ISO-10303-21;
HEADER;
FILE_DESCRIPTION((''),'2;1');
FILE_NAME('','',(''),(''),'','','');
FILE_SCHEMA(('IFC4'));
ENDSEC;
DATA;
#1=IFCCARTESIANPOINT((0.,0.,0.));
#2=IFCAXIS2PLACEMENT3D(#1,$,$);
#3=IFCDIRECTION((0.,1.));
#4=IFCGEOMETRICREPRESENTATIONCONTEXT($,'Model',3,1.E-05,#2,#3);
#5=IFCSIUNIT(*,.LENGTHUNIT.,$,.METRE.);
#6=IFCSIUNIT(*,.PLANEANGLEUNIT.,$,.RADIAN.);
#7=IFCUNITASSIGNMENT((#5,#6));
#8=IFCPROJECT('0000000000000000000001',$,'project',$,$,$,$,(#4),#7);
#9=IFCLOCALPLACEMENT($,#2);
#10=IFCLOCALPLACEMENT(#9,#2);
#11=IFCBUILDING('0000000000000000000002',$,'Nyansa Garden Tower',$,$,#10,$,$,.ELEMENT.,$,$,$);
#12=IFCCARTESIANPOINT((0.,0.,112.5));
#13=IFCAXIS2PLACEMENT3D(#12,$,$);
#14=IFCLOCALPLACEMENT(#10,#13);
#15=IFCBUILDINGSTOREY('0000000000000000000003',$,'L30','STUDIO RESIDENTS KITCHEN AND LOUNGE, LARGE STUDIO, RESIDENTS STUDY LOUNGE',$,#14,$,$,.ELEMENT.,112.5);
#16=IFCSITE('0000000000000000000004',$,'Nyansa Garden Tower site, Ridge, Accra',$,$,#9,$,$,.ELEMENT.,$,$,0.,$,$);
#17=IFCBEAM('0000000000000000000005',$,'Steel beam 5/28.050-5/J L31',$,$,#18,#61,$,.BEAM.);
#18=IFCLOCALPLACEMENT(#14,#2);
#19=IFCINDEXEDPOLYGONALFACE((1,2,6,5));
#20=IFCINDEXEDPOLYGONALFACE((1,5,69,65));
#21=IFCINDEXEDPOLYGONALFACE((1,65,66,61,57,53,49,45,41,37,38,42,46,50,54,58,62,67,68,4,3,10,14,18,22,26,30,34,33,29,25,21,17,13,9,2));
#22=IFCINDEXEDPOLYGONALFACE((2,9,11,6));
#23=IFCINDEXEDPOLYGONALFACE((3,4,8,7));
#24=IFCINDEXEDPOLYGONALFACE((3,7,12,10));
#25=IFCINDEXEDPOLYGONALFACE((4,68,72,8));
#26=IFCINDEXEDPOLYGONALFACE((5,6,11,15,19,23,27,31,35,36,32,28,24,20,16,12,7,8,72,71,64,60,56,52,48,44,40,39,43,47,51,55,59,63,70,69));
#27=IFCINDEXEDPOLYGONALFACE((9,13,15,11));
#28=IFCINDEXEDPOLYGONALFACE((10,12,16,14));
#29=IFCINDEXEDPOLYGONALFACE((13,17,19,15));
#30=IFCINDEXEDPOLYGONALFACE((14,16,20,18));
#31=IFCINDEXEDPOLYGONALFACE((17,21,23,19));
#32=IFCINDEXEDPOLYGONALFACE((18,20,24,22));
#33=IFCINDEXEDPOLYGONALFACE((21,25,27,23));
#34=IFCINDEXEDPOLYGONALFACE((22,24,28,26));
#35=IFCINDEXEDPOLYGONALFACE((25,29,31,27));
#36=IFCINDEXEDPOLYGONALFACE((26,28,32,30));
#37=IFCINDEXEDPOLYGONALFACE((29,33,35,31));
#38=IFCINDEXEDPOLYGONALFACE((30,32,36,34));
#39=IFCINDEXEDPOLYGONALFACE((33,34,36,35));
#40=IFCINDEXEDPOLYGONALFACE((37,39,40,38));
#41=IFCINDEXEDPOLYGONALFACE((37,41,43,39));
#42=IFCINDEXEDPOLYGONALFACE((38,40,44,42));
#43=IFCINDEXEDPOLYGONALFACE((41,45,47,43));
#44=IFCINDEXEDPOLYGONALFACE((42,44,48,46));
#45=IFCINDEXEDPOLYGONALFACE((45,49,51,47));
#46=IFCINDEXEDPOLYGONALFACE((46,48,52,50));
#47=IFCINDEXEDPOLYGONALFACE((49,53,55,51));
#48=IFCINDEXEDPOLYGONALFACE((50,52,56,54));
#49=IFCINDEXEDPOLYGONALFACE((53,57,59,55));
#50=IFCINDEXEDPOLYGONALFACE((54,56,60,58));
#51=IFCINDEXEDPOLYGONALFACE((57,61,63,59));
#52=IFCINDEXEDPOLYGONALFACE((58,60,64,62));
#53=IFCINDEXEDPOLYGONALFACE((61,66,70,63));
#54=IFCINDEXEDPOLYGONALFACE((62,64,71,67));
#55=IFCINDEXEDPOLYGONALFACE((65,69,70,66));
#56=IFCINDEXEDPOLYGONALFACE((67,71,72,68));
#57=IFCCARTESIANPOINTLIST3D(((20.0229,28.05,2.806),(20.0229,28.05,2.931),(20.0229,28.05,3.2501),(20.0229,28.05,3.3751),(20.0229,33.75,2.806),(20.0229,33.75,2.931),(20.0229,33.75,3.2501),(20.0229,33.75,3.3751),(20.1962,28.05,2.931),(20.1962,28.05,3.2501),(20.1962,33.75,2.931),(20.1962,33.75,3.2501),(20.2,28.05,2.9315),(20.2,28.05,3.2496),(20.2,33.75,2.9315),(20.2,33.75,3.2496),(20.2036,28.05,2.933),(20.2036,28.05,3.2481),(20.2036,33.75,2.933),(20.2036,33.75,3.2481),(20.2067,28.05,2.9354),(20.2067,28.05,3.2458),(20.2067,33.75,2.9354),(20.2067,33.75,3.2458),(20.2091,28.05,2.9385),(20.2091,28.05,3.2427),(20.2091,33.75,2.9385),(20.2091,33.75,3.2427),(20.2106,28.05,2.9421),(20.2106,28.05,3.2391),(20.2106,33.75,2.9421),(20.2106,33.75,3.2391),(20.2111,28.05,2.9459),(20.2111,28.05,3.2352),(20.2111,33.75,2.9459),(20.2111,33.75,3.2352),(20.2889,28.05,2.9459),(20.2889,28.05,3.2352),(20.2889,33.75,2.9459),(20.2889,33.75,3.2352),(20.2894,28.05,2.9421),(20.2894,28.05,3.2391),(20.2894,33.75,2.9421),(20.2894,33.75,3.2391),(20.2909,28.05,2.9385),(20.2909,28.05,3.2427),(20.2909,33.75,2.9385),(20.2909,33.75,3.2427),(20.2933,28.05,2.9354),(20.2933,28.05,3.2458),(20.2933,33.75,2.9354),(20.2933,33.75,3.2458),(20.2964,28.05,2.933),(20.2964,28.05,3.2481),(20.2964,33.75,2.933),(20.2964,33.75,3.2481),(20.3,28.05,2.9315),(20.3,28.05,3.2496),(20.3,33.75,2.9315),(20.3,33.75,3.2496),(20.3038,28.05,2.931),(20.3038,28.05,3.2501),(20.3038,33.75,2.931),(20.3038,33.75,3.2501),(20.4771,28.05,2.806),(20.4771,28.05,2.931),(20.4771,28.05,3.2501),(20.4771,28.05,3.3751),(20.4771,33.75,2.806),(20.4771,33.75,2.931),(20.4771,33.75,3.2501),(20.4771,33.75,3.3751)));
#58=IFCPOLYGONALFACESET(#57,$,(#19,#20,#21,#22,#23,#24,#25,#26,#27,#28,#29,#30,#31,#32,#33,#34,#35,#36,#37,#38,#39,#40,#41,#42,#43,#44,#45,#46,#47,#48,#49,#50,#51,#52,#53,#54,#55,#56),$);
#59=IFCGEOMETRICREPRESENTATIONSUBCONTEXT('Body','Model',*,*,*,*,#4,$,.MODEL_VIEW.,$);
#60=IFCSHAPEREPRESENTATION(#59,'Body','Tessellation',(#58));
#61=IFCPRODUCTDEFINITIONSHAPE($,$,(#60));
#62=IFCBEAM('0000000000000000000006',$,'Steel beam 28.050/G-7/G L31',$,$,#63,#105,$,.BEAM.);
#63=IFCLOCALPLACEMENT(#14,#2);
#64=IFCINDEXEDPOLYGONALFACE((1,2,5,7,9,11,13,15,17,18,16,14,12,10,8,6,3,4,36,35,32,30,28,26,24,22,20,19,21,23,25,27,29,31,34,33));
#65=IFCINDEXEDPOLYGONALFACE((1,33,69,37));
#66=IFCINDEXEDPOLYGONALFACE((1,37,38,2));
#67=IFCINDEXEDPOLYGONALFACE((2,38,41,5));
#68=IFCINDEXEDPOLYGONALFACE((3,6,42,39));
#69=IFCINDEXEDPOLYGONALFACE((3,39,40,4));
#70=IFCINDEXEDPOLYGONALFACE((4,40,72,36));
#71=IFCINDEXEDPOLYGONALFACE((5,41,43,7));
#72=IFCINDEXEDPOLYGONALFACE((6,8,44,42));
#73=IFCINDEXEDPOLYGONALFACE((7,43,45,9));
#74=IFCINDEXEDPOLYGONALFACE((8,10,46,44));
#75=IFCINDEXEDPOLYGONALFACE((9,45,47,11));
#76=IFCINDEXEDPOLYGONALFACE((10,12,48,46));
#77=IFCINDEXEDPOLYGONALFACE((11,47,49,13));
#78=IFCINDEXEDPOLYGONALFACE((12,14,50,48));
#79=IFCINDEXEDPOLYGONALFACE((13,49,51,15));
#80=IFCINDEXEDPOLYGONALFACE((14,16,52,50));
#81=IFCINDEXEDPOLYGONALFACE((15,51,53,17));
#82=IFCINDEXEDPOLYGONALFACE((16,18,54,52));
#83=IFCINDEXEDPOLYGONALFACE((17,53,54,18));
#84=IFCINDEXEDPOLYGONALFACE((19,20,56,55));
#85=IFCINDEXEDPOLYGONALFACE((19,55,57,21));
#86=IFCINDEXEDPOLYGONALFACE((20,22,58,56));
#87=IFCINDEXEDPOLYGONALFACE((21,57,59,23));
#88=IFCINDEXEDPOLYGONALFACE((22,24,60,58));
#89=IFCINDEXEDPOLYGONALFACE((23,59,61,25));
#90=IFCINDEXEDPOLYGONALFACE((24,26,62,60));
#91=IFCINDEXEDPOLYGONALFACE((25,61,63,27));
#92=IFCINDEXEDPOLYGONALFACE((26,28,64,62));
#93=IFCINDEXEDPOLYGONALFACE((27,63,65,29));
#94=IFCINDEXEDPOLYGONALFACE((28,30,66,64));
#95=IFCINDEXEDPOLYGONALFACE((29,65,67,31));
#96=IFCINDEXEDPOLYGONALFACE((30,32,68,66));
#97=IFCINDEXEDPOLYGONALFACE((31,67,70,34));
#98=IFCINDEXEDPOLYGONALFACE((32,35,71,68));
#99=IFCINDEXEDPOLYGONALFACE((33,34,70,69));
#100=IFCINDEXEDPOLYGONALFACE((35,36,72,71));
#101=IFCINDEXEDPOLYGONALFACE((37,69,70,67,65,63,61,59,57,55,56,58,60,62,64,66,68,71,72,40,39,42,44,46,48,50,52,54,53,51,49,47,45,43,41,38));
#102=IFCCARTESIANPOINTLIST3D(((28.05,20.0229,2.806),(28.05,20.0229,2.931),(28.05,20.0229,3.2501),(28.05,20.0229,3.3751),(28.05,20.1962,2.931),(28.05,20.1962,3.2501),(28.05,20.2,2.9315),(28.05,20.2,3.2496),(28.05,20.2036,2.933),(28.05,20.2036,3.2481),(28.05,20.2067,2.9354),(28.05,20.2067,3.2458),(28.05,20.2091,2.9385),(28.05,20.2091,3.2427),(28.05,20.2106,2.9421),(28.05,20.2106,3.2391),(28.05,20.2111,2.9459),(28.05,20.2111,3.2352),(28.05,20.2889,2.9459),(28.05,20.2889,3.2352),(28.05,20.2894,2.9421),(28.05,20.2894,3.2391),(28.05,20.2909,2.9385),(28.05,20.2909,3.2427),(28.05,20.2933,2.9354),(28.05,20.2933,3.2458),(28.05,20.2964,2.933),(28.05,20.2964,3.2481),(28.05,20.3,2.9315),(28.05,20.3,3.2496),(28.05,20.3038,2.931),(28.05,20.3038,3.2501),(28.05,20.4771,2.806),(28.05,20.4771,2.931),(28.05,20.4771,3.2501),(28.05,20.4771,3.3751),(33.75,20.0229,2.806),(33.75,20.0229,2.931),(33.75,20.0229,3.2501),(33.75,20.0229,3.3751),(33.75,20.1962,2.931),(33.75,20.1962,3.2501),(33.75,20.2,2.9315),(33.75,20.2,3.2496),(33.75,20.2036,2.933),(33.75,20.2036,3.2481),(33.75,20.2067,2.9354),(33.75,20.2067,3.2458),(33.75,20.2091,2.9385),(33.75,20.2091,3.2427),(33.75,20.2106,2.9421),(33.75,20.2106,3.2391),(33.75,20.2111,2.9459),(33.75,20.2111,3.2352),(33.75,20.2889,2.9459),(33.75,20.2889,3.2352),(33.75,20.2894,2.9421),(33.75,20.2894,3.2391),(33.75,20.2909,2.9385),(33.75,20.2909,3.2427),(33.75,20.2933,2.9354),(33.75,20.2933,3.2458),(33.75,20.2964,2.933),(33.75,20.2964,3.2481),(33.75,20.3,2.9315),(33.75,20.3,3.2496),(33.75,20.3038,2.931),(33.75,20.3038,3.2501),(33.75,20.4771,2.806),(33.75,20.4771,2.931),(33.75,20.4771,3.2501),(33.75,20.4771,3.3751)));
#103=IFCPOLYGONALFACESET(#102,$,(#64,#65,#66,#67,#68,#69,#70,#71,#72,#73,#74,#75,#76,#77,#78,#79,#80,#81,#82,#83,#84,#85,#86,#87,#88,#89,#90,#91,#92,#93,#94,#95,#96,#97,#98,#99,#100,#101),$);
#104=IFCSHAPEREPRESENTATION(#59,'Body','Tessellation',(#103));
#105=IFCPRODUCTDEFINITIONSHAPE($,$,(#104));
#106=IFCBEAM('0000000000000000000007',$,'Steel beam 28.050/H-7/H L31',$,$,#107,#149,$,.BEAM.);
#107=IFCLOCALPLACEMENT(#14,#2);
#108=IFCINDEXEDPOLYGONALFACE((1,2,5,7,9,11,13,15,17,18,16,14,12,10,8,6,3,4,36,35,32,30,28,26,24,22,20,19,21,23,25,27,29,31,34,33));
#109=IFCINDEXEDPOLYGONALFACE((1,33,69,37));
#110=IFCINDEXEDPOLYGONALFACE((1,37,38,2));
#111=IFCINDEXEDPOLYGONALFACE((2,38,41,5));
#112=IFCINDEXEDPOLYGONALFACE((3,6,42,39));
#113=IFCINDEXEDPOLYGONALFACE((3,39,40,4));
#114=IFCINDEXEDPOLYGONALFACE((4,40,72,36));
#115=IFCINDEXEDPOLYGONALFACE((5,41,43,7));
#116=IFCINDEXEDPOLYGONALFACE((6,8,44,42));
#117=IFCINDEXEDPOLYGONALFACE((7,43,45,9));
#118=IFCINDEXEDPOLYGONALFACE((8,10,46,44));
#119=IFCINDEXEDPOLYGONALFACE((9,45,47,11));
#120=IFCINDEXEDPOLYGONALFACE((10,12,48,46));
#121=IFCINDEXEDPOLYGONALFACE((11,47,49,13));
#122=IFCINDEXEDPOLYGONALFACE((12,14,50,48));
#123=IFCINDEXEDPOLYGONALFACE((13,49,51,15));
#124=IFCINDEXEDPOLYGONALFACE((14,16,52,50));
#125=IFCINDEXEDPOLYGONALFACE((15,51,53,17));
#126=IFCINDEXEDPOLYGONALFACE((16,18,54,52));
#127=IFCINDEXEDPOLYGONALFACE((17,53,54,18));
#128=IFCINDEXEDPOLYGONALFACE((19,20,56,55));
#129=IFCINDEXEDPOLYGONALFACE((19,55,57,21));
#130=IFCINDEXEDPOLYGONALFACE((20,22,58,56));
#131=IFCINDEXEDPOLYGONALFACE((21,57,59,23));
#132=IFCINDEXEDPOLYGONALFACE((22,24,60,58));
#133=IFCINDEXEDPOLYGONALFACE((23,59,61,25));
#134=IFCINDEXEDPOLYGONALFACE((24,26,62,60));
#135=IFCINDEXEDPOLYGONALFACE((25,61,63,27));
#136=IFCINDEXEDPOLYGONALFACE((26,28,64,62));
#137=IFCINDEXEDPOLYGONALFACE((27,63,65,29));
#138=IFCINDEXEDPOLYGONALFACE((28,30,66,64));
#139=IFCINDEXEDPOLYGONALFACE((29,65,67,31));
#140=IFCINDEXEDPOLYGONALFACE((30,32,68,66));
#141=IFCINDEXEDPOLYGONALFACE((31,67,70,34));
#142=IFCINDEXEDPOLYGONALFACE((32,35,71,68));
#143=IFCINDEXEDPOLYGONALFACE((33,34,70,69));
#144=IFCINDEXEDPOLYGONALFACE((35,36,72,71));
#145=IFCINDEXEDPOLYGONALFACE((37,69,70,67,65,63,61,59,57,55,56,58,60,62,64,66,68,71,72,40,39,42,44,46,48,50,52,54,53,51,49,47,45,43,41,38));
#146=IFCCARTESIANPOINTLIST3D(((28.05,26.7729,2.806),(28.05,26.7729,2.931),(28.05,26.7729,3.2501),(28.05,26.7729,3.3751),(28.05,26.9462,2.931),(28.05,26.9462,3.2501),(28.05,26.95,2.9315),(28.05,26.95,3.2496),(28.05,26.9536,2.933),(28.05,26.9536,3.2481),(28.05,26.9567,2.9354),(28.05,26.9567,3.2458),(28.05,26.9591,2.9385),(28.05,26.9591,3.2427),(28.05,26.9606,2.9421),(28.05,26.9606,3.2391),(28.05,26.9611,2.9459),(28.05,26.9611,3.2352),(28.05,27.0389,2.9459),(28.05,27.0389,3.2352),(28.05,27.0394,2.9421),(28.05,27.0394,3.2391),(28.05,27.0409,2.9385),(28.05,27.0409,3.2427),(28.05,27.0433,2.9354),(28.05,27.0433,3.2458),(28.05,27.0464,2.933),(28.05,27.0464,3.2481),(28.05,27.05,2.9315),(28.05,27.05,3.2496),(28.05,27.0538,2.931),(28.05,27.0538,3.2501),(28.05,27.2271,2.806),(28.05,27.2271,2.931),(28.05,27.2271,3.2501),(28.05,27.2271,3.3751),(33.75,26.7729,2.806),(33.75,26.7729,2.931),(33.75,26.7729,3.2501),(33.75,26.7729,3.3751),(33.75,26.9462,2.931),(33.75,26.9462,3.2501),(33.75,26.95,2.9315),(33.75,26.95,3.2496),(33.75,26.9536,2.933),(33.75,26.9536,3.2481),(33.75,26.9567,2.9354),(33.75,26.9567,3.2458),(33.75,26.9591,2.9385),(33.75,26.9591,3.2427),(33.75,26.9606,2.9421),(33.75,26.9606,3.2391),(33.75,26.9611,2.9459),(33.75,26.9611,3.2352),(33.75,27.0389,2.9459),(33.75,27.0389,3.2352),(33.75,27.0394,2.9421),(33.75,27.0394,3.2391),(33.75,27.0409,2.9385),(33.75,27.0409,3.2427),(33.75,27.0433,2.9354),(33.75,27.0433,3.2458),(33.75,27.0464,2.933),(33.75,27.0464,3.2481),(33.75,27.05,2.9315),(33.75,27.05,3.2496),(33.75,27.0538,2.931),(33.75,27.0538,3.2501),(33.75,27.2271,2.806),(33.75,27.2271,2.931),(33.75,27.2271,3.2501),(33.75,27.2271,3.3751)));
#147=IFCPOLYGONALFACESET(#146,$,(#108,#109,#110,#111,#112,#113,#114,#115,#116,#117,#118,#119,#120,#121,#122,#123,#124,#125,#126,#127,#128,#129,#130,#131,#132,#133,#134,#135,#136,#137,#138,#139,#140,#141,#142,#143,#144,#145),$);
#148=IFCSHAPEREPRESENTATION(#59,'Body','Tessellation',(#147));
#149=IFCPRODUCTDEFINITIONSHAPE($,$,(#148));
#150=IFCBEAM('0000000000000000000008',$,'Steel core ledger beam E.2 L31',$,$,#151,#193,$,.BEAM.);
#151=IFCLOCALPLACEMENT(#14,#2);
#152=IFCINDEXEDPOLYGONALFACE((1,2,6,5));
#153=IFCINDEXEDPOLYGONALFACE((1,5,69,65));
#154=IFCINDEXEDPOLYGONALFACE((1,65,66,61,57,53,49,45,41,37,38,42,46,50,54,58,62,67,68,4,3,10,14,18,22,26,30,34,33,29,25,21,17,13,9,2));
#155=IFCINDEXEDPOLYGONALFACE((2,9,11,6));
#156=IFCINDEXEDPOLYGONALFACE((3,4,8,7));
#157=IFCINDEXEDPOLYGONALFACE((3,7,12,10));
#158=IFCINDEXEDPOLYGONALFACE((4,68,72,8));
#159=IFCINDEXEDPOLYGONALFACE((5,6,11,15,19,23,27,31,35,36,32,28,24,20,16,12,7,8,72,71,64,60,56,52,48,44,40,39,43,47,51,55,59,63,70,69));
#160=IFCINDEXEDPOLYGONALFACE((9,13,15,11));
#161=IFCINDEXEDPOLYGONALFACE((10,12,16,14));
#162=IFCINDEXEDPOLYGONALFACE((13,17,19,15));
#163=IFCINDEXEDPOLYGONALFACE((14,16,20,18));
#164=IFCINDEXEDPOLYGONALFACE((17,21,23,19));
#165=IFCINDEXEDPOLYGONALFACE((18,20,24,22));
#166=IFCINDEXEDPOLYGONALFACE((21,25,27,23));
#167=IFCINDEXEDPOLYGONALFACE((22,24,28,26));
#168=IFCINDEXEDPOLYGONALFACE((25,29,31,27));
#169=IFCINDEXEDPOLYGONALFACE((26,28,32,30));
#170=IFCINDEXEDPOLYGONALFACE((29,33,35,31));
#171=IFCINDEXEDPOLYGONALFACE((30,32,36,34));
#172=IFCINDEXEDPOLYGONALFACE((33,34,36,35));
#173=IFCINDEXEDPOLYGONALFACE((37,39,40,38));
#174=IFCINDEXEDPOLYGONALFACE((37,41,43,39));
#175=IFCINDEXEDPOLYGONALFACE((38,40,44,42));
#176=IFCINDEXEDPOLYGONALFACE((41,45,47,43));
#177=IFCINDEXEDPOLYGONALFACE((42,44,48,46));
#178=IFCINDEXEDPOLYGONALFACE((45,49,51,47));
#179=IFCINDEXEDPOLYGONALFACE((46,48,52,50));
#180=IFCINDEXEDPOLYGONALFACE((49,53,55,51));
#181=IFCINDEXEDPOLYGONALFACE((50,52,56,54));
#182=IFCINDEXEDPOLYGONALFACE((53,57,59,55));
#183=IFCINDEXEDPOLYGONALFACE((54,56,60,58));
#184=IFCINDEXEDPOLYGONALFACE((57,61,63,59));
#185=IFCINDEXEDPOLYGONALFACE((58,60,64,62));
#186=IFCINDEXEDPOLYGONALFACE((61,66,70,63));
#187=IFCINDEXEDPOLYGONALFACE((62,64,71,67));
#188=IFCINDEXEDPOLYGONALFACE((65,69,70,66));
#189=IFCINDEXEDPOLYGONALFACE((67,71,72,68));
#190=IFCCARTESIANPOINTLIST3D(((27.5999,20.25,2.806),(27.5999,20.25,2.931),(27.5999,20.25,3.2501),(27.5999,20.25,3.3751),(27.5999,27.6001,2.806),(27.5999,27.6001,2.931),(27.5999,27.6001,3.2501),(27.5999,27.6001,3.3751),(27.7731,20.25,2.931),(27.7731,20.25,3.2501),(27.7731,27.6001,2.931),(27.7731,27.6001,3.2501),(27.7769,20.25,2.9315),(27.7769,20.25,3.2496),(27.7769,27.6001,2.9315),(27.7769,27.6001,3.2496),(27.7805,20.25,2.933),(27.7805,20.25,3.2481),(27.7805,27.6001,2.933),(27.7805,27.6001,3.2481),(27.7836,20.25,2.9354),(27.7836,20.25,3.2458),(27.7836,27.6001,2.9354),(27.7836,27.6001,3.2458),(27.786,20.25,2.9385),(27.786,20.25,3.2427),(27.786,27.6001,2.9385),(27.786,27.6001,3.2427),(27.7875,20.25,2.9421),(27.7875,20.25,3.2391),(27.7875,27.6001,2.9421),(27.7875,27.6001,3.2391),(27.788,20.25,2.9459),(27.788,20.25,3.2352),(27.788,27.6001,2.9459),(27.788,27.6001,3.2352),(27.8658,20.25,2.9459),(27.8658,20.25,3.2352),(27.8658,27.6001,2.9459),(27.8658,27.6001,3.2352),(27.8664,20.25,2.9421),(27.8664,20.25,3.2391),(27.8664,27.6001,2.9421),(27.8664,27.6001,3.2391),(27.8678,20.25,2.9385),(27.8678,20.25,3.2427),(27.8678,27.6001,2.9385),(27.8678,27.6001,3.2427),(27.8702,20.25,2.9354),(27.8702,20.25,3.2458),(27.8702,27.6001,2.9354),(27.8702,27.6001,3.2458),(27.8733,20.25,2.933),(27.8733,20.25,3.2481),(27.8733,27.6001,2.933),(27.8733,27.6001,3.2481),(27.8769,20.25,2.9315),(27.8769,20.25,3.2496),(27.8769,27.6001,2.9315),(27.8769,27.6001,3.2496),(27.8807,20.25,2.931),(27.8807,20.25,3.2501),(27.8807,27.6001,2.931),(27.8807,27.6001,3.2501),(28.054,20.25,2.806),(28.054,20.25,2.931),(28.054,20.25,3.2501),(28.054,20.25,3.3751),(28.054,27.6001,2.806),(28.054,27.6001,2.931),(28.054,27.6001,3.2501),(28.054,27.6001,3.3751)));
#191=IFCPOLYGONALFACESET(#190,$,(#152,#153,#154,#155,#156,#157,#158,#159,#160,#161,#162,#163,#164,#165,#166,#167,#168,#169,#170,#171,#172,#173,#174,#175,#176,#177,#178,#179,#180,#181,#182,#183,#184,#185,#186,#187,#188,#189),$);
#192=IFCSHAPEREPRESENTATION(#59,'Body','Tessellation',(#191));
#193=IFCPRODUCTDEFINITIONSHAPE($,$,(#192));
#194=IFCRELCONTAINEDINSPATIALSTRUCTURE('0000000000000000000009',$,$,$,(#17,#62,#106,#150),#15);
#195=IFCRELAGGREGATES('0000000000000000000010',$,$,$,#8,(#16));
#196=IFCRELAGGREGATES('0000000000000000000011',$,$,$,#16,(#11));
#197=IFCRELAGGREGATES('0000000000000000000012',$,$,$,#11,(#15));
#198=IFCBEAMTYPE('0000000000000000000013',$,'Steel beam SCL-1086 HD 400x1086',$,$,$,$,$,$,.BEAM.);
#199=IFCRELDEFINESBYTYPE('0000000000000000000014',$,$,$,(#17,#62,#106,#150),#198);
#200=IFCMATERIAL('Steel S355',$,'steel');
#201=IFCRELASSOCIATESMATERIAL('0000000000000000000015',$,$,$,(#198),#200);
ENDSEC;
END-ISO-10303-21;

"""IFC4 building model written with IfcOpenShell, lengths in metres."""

from ifc_helpers import new_model, si_unit, direction, frame, origin, origin_2d, place, context, subcontext, project, spatial, i_section, extrude, material, material_profile, profile_set, type_object, element, save


model = new_model("IFC4")

# Units and contexts
model_context = context("Model", 3, precision=1e-05, world=origin(), true_north=direction((0.0, 1.0)))
body_context = subcontext(model_context, "Body", "Model", "MODEL_VIEW")
ifc_project = project(units=[si_unit("LENGTHUNIT", "METRE"), si_unit("PLANEANGLEUNIT", "RADIAN")], contexts=[model_context])

# Site, building, storey
site_placement = place(None, origin())
site = spatial("IfcSite", under=ifc_project, at=site_placement, Name="Nyansa Garden Tower site, Ridge, Accra", CompositionType="ELEMENT", RefElevation=0.0)
building_placement = place(site_placement, origin())
building = spatial("IfcBuilding", under=site, at=building_placement, Name="Nyansa Garden Tower", CompositionType="ELEMENT")
storey_placement = place(building_placement, frame((0.0, 0.0, 112.5)))
storey = spatial("IfcBuildingStorey", under=building, at=storey_placement, Name="L30", Description="STUDIO RESIDENTS KITCHEN AND LOUNGE, LARGE STUDIO, RESIDENTS STUDY LOUNGE", CompositionType="ELEMENT", Elevation=112.5)

# Beams
ifc_material_1 = material(Name="Steel S355", Category="steel")
ifc_material_profile_1 = material_profile(ifc_material_1, i_section(OverallWidth=0.4541, OverallDepth=0.5691, WebThickness=0.0779, FlangeThickness=0.125, FilletRadius=0.0149, at=origin_2d()), Name="HD 400x1086")
ifc_profile_set_1 = profile_set([ifc_material_profile_1], Name="Steel S355")
beam_type_1 = type_object("IfcBeamType", Name="Steel beam SCL-1086 HD 400x1086", PredefinedType="BEAM", material=ifc_profile_set_1)
for number, where, z_axis, x_axis, name in (
    (1, (20.25, 28.05, 3.0906), (0.0, 1.0, 0.0), (-1.0, 0.0, 0.0), "Steel beam 5/28.050-5/J L31"),
    (2, (28.05, 20.25, 3.0906), (1.0, 0.0, 0.0), (0.0, 1.0, 0.0), "Steel beam 28.050/G-7/G L31"),
    (3, (28.05, 27.0, 3.0906), (1.0, 0.0, 0.0), (0.0, 1.0, 0.0), "Steel beam 28.050/H-7/H L31"),
):
    element("IfcBeam", number, at=place(storey_placement, frame(where, z_axis=z_axis, x_axis=x_axis)), inside=storey, type_object=beam_type_1, Name=name, PredefinedType="BEAM", context=body_context, shape_type="SweptSolid", body=[
        extrude(i_section(OverallWidth=0.4541, OverallDepth=0.5691, WebThickness=0.0779, FlangeThickness=0.125, FilletRadius=0.0149, at=origin_2d()), origin(), (0.0, 0.0, 1.0), 5.7),
    ])
beam_1_placement = place(storey_placement, frame((27.8269, 20.25, 3.0906), z_axis=(0.0, 1.0, 0.0), x_axis=(-1.0, 0.0, 0.0)))
element("IfcBeam", 4, at=beam_1_placement, inside=storey, type_object=beam_type_1, Name="Steel core ledger beam E.2 L31", PredefinedType="BEAM", context=body_context, shape_type="SweptSolid", body=[
    extrude(i_section(OverallWidth=0.4541, OverallDepth=0.5691, WebThickness=0.0779, FlangeThickness=0.125, FilletRadius=0.0149, at=origin_2d()), origin(), (0.0, 0.0, 1.0), 7.3501),
])

save(model, "model.ifc")
